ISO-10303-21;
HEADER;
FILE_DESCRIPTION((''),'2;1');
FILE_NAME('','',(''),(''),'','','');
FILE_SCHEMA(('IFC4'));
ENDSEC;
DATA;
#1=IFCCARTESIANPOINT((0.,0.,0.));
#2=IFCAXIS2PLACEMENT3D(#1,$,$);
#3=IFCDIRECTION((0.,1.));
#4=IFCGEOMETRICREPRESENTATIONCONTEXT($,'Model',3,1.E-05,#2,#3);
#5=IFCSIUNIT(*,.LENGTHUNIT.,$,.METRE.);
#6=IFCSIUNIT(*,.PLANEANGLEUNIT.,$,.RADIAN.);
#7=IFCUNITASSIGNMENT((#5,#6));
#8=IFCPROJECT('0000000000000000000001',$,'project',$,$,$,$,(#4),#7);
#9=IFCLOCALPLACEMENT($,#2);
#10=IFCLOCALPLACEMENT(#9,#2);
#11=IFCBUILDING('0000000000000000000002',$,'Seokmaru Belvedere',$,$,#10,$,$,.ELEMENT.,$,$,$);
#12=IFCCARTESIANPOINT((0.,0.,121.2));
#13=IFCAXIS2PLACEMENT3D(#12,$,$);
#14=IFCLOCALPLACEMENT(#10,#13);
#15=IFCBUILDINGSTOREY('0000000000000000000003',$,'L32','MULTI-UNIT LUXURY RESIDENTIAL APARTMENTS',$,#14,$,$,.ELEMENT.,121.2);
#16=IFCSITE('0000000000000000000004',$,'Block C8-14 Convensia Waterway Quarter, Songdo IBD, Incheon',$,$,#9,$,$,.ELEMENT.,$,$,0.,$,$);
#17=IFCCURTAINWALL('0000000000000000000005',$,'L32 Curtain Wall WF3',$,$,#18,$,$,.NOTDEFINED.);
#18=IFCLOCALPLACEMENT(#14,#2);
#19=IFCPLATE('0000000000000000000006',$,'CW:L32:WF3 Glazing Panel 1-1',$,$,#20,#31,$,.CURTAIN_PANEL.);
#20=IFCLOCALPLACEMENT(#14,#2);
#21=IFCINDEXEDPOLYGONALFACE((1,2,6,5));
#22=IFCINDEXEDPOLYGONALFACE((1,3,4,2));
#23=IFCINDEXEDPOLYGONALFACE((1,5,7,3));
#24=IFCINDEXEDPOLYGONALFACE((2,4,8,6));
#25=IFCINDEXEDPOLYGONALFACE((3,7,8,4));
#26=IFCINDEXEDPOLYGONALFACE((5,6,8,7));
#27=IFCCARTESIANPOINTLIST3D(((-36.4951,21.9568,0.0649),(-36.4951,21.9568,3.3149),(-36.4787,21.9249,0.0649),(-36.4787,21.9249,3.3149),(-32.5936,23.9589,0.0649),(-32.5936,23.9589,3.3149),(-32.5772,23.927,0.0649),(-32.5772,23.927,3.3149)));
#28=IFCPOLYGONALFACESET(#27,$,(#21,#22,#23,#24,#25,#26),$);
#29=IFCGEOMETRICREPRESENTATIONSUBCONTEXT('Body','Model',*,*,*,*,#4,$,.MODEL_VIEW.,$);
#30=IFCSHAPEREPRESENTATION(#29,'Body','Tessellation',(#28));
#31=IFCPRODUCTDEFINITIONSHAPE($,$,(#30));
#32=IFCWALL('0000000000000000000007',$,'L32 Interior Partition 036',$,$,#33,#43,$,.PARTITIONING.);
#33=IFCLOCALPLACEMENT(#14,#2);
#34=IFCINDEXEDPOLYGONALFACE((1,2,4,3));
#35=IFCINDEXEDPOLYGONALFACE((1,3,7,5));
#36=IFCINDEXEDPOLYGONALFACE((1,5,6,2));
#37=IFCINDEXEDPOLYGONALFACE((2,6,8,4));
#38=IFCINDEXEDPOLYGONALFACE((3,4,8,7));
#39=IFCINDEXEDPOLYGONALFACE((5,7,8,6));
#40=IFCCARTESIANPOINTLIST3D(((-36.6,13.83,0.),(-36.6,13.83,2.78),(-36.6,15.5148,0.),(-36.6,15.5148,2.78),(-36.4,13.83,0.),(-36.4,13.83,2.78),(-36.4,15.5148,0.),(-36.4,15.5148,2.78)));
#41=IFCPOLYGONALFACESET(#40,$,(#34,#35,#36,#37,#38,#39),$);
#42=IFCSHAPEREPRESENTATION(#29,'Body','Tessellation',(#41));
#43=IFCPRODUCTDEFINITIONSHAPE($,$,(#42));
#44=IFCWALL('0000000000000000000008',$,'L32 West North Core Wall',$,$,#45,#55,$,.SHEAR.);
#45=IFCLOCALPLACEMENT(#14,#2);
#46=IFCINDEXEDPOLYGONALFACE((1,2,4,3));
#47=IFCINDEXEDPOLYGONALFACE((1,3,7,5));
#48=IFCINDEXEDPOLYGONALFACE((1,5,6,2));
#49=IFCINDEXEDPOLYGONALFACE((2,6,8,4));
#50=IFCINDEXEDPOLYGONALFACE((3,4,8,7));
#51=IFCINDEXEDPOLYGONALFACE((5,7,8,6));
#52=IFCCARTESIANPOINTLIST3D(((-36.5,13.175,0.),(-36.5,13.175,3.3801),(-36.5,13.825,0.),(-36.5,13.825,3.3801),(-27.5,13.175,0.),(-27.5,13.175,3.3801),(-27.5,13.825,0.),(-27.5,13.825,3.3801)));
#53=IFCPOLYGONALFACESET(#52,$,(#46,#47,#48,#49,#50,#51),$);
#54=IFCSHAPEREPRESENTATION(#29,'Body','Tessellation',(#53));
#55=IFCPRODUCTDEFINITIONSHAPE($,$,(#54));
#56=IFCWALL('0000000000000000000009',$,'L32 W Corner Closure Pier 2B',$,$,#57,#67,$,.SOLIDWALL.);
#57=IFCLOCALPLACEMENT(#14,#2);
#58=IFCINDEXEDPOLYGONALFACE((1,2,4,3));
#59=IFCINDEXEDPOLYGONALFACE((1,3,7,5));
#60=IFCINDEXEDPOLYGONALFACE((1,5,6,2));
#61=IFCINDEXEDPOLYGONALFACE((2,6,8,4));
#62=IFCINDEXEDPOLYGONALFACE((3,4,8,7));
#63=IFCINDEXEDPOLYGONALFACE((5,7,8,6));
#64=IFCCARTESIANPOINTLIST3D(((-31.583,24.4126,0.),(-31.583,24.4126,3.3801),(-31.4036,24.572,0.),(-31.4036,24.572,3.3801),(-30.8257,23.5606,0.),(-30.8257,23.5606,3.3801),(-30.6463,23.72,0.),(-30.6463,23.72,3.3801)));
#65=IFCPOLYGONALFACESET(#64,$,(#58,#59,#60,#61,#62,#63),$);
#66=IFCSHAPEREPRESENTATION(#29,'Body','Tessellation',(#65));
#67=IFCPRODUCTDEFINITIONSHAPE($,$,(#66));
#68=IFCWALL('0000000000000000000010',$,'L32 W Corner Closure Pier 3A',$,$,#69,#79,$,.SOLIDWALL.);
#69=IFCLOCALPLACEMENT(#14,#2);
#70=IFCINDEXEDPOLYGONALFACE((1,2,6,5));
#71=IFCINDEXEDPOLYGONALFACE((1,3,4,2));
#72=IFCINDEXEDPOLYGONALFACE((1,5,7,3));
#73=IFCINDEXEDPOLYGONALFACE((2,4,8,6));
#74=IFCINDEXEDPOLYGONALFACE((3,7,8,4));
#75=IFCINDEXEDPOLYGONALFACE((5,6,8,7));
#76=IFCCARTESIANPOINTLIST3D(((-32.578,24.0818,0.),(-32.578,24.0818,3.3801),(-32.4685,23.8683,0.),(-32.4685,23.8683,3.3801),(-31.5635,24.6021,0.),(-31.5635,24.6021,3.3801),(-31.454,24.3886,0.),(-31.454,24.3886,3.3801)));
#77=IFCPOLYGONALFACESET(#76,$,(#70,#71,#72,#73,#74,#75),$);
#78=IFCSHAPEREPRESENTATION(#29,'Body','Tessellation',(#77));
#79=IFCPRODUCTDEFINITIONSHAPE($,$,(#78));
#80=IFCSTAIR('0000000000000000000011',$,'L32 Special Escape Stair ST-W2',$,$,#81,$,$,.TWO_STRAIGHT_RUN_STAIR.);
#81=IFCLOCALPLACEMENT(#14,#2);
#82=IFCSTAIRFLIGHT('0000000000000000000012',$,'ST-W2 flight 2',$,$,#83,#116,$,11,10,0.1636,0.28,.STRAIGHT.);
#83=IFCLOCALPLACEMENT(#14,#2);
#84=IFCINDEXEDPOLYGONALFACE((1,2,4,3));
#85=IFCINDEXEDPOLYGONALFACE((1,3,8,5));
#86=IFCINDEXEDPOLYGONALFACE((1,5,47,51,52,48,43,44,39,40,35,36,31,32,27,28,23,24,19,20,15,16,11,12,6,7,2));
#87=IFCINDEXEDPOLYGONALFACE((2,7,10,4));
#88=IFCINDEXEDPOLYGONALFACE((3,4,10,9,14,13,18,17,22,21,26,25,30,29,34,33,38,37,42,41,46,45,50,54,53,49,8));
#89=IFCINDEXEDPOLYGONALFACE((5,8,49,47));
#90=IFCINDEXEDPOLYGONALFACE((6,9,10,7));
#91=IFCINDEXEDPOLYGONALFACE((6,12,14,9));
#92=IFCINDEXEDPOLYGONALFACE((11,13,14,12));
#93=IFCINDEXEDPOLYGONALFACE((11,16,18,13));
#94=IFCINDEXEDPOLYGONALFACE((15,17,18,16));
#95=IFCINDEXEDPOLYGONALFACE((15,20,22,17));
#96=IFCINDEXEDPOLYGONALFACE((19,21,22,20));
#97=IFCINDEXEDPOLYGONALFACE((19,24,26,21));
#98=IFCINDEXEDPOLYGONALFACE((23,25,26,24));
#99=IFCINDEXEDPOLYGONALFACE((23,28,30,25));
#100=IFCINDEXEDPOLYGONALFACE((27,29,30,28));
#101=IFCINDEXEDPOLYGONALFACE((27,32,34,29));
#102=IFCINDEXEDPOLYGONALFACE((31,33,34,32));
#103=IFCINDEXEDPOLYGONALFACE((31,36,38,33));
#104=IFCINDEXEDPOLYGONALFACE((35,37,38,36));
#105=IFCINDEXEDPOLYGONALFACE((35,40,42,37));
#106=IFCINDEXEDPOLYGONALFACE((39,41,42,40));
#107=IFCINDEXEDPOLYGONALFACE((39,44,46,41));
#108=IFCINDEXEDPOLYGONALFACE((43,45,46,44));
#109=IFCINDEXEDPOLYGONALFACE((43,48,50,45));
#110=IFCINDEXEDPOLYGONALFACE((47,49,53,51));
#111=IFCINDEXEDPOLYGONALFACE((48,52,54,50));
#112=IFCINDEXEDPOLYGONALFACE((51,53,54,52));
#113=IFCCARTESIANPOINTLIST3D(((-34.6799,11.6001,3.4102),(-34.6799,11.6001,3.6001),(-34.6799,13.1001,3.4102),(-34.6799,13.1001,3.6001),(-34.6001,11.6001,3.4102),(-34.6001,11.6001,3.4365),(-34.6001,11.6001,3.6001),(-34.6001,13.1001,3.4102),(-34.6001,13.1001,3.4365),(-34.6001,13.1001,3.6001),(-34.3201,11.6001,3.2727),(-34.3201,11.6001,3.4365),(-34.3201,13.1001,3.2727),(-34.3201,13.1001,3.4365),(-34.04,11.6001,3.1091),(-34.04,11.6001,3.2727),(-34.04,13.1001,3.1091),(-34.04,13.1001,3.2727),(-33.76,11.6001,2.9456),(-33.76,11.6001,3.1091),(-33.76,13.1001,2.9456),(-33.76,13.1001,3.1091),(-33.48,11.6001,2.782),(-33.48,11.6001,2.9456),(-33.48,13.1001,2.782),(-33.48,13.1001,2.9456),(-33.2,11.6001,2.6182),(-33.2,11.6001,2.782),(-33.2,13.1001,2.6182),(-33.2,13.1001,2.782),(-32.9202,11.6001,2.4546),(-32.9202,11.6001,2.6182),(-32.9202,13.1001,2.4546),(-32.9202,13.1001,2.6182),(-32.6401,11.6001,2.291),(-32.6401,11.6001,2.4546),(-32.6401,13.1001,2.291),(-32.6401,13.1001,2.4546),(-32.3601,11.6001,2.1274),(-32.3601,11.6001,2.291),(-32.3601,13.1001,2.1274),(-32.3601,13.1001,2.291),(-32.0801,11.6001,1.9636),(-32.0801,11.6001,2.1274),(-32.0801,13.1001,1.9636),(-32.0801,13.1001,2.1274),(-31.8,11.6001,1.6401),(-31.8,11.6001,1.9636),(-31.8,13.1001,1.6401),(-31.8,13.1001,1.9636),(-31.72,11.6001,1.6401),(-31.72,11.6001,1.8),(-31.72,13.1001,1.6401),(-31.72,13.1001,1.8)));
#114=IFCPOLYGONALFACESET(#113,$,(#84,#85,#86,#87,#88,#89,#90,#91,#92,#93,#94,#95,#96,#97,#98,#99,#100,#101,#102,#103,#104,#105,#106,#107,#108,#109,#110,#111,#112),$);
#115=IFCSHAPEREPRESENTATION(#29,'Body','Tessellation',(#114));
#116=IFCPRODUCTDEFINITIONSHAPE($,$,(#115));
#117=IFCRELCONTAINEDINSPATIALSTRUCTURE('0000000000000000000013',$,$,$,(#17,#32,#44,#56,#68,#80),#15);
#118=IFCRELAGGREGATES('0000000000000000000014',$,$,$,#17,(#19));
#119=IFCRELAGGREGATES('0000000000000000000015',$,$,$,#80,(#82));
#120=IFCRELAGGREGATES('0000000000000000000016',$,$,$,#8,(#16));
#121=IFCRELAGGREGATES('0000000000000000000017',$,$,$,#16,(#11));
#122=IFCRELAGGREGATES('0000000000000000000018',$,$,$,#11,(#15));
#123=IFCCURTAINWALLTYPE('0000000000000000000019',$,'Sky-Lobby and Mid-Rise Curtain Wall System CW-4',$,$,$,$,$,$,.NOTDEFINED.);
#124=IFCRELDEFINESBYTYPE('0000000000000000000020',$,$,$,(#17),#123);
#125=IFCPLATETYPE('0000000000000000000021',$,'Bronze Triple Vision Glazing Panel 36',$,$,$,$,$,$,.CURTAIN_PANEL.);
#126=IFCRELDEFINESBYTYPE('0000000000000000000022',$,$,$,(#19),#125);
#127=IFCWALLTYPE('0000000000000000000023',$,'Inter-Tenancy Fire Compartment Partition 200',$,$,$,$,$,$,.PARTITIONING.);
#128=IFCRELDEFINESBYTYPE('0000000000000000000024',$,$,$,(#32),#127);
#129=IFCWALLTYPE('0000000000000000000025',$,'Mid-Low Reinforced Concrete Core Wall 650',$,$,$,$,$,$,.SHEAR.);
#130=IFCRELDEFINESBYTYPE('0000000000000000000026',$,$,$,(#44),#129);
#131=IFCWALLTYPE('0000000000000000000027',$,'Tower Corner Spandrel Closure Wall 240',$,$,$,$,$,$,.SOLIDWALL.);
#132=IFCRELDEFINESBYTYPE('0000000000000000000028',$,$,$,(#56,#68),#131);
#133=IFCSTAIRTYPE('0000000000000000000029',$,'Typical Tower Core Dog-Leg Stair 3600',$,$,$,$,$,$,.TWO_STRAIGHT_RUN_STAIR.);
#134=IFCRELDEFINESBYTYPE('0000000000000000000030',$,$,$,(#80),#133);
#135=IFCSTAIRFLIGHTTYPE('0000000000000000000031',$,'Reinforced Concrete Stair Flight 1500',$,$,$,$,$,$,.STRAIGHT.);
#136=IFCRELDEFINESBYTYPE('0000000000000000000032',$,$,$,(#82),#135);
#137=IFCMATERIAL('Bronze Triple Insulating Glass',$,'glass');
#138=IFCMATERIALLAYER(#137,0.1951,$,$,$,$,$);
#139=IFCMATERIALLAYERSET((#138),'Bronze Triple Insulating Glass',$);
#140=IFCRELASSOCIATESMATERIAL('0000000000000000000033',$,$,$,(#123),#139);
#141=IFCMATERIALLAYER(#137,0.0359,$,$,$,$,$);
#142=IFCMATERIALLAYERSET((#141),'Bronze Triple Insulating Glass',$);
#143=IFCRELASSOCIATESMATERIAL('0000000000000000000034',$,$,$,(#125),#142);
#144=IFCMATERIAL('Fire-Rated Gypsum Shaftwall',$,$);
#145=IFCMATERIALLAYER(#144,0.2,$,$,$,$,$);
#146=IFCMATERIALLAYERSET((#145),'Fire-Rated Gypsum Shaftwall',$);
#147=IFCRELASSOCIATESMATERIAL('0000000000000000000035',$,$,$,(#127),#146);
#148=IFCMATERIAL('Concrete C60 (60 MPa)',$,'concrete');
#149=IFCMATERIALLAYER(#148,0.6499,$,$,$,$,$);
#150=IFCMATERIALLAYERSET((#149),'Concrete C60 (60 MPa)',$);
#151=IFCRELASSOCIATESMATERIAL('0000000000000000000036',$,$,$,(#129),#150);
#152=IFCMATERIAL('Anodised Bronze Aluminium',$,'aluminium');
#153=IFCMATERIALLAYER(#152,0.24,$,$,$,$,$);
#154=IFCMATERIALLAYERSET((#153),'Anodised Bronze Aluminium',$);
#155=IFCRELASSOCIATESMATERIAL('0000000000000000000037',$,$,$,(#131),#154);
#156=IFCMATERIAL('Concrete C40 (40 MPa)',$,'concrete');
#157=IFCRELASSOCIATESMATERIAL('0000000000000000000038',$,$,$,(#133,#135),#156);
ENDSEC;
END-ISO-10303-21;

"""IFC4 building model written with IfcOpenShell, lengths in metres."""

from ifc_helpers import new_model, si_unit, direction, frame, frame_2d, origin, origin_2d, place, context, subcontext, project, spatial, polyline, rectangle, outline, extrude, source, transform, mapped, material, layer, layer_set, type_object, type_shapes, element, aggregate, save


model = new_model("IFC4")

# Units and contexts
model_context = context("Model", 3, precision=1e-05, world=origin(), true_north=direction((0.0, 1.0)))
body_context = subcontext(model_context, "Body", "Model", "MODEL_VIEW")
ifc_project = project(units=[si_unit("LENGTHUNIT", "METRE"), si_unit("PLANEANGLEUNIT", "RADIAN")], contexts=[model_context])

# Site, building, storey
site_placement = place(None, origin())
site = spatial("IfcSite", under=ifc_project, at=site_placement, Name="Block C8-14 Convensia Waterway Quarter, Songdo IBD, Incheon", CompositionType="ELEMENT", RefElevation=0.0)
building_placement = place(site_placement, origin())
building = spatial("IfcBuilding", under=site, at=building_placement, Name="Seokmaru Belvedere", CompositionType="ELEMENT")
storey_placement = place(building_placement, frame((0.0, 0.0, 121.2)))
storey = spatial("IfcBuildingStorey", under=building, at=storey_placement, Name="L32", Description="MULTI-UNIT LUXURY RESIDENTIAL APARTMENTS", CompositionType="ELEMENT", Elevation=121.2)

# Curtain wall, plate
ifc_material_1 = material(Name="Bronze Triple Insulating Glass", Category="glass")
ifc_layer_1 = layer(ifc_material_1, 0.1951)
ifc_layer_set_1 = layer_set([ifc_layer_1], Name="Bronze Triple Insulating Glass")
curtain_wall_type = type_object("IfcCurtainWallType", Name="Sky-Lobby and Mid-Rise Curtain Wall System CW-4", PredefinedType="NOTDEFINED", material=ifc_layer_set_1)
curtain_wall_placement = place(storey_placement, origin())
curtain_wall = element("IfcCurtainWall", 1, at=curtain_wall_placement, inside=storey, type_object=curtain_wall_type, Name="L32 Curtain Wall WF3", PredefinedType="NOTDEFINED")
ifc_material_2 = material(Name="Anodised Bronze Aluminium", Category="aluminium")
ifc_layer_2 = layer(ifc_material_1, 0.0359)
ifc_layer_set_2 = layer_set([ifc_layer_2], Name="Bronze Triple Insulating Glass")
plate_type = type_object("IfcPlateType", Name="Bronze Triple Vision Glazing Panel 36", PredefinedType="CURTAIN_PANEL", material=ifc_layer_set_2)
shared_shape_1 = source(origin(), body_context, "Body", "SweptSolid", [
    extrude(rectangle(XDim=4.3853, YDim=0.0359, at=origin_2d()), origin(), (0.0, 0.0, 1.0), 3.25),
])
type_shapes(plate_type, [shared_shape_1])
plate_placement = place(storey_placement, frame((-34.5361, 22.9419, 0.0649), z_axis=(0.0, 0.0, 1.0), x_axis=(-0.889695, -0.456555, 0.0)))
plate = element("IfcPlate", 2, at=plate_placement, type_object=plate_type, Name="CW:L32:WF3 Glazing Panel 1-1", PredefinedType="CURTAIN_PANEL", context=body_context, shape_type="MappedRepresentation", body=[
    mapped(shared_shape_1, transform((0.0, 0.0, 0.0), scale=1.0)),
])
aggregate(curtain_wall, [plate])

# Walls
ifc_material_3 = material(Name="Fire-Rated Gypsum Shaftwall")
ifc_layer_3 = layer(ifc_material_3, 0.2)
ifc_layer_set_3 = layer_set([ifc_layer_3], Name="Fire-Rated Gypsum Shaftwall")
wall_type_1 = type_object("IfcWallType", Name="Inter-Tenancy Fire Compartment Partition 200", PredefinedType="PARTITIONING", material=ifc_layer_set_3)
wall_1_placement = place(storey_placement, frame((-36.5, 13.8301, 0.0), z_axis=(0.0, 0.0, 1.0), x_axis=(0.0, 1.0, 0.0)))
element("IfcWall", 3, at=wall_1_placement, inside=storey, type_object=wall_type_1, Name="L32 Interior Partition 036", PredefinedType="PARTITIONING", context=body_context, shape_type="SweptSolid", body=[
    extrude(rectangle(XDim=1.6848, YDim=0.2, at=frame_2d((0.8423, 0.0))), origin(), (0.0, 0.0, 1.0), 2.78),
])
ifc_material_4 = material(Name="Concrete C60 (60 MPa)", Category="concrete")
ifc_layer_4 = layer(ifc_material_4, 0.6499)
ifc_layer_set_4 = layer_set([ifc_layer_4], Name="Concrete C60 (60 MPa)")
wall_type_2 = type_object("IfcWallType", Name="Mid-Low Reinforced Concrete Core Wall 650", PredefinedType="SHEAR", material=ifc_layer_set_4)
wall_2_placement = place(storey_placement, frame((-36.5, 13.5, 0.0), z_axis=(0.0, 0.0, 1.0), x_axis=(1.0, 0.0, 0.0)))
element("IfcWall", 4, at=wall_2_placement, inside=storey, type_object=wall_type_2, Name="L32 West North Core Wall", PredefinedType="SHEAR", context=body_context, shape_type="SweptSolid", body=[
    extrude(rectangle(XDim=9.0, YDim=0.6499, at=frame_2d((4.5, 0.0))), origin(), (0.0, 0.0, 1.0), 3.3801),
])
ifc_layer_5 = layer(ifc_material_2, 0.24)
ifc_layer_set_5 = layer_set([ifc_layer_5], Name="Anodised Bronze Aluminium")
wall_type_3 = type_object("IfcWallType", Name="Tower Corner Spandrel Closure Wall 240", PredefinedType="SOLIDWALL", material=ifc_layer_set_5)
wall_3_placement = place(storey_placement, frame((-30.7361, 23.6404, 0.0), z_axis=(0.0, 0.0, 1.0), x_axis=(-0.664337, 0.747433, 0.0)))
element("IfcWall", 5, at=wall_3_placement, inside=storey, type_object=wall_type_3, Name="L32 W Corner Closure Pier 2B", PredefinedType="SOLIDWALL", context=body_context, shape_type="SweptSolid", body=[
    extrude(rectangle(XDim=1.1399, YDim=0.24, at=frame_2d((0.5698, 0.0))), origin(), (0.0, 0.0, 1.0), 3.3801),
])
wall_4_placement = place(storey_placement, frame((-31.5088, 24.4954, 0.0), z_axis=(0.0, 0.0, 1.0), x_axis=(-0.889797, -0.456356, 0.0)))
element("IfcWall", 6, at=wall_4_placement, inside=storey, type_object=wall_type_3, Name="L32 W Corner Closure Pier 3A", PredefinedType="SOLIDWALL", context=body_context, shape_type="SweptSolid", body=[
    extrude(rectangle(XDim=1.1401, YDim=0.24, at=frame_2d((0.5701, 0.0))), origin(), (0.0, 0.0, 1.0), 3.3801),
])

# Stair, stair flight
ifc_material_5 = material(Name="Concrete C40 (40 MPa)", Category="concrete")
stair_type = type_object("IfcStairType", Name="Typical Tower Core Dog-Leg Stair 3600", PredefinedType="TWO_STRAIGHT_RUN_STAIR", material=ifc_material_5)
stair_placement = place(storey_placement, origin())
stair = element("IfcStair", 7, at=stair_placement, inside=storey, type_object=stair_type, Name="L32 Special Escape Stair ST-W2", PredefinedType="TWO_STRAIGHT_RUN_STAIR")
stair_flight_type = type_object("IfcStairFlightType", Name="Reinforced Concrete Stair Flight 1500", PredefinedType="STRAIGHT", material=ifc_material_5)
stair_flight_placement = place(storey_placement, frame((-31.8, 12.3501, 1.8), z_axis=(0.0, 0.0, 1.0), x_axis=(-1.0, 0.0, 0.0)))
stair_flight = element("IfcStairFlight", 8, at=stair_flight_placement, type_object=stair_flight_type, Name="ST-W2 flight 2", NumberOfRisers=11, NumberOfTreads=10, PredefinedType="STRAIGHT", RiserHeight=0.1636, TreadLength=0.28, context=body_context, shape_type="SweptSolid", body=[
    extrude(outline(polyline([(-0.0801, 0.0), (0.0, 0.1636), (0.28, 0.1636), (0.28, 0.3274), (0.5601, 0.3274), (0.5601, 0.491), (0.8401, 0.491), (0.8401, 0.6545), (1.1201, 0.6545), (1.1201, 0.8181), (1.3999, 0.8181), (1.3999, 0.9819), (1.6799, 0.9819), (1.6799, 1.1455), (1.96, 1.1455), (1.96, 1.3091), (2.24, 1.3091), (2.24, 1.4727), (2.52, 1.4727), (2.52, 1.6365), (2.8, 1.6365), (2.8, 1.8), (2.8799, 1.8), (2.8799, 1.6101), (2.8, 1.6101), (0.0, -0.1599), (-0.0801, -0.1599), (-0.0801, 0.0)])), frame((0.0, 0.75, 0.0), z_axis=(0.0, -1.0, 0.0), x_axis=(1.0, 0.0, 0.0)), (0.0, 0.0, 1.0), 1.5),
])
aggregate(stair, [stair_flight])

save(model, "model.ifc")
